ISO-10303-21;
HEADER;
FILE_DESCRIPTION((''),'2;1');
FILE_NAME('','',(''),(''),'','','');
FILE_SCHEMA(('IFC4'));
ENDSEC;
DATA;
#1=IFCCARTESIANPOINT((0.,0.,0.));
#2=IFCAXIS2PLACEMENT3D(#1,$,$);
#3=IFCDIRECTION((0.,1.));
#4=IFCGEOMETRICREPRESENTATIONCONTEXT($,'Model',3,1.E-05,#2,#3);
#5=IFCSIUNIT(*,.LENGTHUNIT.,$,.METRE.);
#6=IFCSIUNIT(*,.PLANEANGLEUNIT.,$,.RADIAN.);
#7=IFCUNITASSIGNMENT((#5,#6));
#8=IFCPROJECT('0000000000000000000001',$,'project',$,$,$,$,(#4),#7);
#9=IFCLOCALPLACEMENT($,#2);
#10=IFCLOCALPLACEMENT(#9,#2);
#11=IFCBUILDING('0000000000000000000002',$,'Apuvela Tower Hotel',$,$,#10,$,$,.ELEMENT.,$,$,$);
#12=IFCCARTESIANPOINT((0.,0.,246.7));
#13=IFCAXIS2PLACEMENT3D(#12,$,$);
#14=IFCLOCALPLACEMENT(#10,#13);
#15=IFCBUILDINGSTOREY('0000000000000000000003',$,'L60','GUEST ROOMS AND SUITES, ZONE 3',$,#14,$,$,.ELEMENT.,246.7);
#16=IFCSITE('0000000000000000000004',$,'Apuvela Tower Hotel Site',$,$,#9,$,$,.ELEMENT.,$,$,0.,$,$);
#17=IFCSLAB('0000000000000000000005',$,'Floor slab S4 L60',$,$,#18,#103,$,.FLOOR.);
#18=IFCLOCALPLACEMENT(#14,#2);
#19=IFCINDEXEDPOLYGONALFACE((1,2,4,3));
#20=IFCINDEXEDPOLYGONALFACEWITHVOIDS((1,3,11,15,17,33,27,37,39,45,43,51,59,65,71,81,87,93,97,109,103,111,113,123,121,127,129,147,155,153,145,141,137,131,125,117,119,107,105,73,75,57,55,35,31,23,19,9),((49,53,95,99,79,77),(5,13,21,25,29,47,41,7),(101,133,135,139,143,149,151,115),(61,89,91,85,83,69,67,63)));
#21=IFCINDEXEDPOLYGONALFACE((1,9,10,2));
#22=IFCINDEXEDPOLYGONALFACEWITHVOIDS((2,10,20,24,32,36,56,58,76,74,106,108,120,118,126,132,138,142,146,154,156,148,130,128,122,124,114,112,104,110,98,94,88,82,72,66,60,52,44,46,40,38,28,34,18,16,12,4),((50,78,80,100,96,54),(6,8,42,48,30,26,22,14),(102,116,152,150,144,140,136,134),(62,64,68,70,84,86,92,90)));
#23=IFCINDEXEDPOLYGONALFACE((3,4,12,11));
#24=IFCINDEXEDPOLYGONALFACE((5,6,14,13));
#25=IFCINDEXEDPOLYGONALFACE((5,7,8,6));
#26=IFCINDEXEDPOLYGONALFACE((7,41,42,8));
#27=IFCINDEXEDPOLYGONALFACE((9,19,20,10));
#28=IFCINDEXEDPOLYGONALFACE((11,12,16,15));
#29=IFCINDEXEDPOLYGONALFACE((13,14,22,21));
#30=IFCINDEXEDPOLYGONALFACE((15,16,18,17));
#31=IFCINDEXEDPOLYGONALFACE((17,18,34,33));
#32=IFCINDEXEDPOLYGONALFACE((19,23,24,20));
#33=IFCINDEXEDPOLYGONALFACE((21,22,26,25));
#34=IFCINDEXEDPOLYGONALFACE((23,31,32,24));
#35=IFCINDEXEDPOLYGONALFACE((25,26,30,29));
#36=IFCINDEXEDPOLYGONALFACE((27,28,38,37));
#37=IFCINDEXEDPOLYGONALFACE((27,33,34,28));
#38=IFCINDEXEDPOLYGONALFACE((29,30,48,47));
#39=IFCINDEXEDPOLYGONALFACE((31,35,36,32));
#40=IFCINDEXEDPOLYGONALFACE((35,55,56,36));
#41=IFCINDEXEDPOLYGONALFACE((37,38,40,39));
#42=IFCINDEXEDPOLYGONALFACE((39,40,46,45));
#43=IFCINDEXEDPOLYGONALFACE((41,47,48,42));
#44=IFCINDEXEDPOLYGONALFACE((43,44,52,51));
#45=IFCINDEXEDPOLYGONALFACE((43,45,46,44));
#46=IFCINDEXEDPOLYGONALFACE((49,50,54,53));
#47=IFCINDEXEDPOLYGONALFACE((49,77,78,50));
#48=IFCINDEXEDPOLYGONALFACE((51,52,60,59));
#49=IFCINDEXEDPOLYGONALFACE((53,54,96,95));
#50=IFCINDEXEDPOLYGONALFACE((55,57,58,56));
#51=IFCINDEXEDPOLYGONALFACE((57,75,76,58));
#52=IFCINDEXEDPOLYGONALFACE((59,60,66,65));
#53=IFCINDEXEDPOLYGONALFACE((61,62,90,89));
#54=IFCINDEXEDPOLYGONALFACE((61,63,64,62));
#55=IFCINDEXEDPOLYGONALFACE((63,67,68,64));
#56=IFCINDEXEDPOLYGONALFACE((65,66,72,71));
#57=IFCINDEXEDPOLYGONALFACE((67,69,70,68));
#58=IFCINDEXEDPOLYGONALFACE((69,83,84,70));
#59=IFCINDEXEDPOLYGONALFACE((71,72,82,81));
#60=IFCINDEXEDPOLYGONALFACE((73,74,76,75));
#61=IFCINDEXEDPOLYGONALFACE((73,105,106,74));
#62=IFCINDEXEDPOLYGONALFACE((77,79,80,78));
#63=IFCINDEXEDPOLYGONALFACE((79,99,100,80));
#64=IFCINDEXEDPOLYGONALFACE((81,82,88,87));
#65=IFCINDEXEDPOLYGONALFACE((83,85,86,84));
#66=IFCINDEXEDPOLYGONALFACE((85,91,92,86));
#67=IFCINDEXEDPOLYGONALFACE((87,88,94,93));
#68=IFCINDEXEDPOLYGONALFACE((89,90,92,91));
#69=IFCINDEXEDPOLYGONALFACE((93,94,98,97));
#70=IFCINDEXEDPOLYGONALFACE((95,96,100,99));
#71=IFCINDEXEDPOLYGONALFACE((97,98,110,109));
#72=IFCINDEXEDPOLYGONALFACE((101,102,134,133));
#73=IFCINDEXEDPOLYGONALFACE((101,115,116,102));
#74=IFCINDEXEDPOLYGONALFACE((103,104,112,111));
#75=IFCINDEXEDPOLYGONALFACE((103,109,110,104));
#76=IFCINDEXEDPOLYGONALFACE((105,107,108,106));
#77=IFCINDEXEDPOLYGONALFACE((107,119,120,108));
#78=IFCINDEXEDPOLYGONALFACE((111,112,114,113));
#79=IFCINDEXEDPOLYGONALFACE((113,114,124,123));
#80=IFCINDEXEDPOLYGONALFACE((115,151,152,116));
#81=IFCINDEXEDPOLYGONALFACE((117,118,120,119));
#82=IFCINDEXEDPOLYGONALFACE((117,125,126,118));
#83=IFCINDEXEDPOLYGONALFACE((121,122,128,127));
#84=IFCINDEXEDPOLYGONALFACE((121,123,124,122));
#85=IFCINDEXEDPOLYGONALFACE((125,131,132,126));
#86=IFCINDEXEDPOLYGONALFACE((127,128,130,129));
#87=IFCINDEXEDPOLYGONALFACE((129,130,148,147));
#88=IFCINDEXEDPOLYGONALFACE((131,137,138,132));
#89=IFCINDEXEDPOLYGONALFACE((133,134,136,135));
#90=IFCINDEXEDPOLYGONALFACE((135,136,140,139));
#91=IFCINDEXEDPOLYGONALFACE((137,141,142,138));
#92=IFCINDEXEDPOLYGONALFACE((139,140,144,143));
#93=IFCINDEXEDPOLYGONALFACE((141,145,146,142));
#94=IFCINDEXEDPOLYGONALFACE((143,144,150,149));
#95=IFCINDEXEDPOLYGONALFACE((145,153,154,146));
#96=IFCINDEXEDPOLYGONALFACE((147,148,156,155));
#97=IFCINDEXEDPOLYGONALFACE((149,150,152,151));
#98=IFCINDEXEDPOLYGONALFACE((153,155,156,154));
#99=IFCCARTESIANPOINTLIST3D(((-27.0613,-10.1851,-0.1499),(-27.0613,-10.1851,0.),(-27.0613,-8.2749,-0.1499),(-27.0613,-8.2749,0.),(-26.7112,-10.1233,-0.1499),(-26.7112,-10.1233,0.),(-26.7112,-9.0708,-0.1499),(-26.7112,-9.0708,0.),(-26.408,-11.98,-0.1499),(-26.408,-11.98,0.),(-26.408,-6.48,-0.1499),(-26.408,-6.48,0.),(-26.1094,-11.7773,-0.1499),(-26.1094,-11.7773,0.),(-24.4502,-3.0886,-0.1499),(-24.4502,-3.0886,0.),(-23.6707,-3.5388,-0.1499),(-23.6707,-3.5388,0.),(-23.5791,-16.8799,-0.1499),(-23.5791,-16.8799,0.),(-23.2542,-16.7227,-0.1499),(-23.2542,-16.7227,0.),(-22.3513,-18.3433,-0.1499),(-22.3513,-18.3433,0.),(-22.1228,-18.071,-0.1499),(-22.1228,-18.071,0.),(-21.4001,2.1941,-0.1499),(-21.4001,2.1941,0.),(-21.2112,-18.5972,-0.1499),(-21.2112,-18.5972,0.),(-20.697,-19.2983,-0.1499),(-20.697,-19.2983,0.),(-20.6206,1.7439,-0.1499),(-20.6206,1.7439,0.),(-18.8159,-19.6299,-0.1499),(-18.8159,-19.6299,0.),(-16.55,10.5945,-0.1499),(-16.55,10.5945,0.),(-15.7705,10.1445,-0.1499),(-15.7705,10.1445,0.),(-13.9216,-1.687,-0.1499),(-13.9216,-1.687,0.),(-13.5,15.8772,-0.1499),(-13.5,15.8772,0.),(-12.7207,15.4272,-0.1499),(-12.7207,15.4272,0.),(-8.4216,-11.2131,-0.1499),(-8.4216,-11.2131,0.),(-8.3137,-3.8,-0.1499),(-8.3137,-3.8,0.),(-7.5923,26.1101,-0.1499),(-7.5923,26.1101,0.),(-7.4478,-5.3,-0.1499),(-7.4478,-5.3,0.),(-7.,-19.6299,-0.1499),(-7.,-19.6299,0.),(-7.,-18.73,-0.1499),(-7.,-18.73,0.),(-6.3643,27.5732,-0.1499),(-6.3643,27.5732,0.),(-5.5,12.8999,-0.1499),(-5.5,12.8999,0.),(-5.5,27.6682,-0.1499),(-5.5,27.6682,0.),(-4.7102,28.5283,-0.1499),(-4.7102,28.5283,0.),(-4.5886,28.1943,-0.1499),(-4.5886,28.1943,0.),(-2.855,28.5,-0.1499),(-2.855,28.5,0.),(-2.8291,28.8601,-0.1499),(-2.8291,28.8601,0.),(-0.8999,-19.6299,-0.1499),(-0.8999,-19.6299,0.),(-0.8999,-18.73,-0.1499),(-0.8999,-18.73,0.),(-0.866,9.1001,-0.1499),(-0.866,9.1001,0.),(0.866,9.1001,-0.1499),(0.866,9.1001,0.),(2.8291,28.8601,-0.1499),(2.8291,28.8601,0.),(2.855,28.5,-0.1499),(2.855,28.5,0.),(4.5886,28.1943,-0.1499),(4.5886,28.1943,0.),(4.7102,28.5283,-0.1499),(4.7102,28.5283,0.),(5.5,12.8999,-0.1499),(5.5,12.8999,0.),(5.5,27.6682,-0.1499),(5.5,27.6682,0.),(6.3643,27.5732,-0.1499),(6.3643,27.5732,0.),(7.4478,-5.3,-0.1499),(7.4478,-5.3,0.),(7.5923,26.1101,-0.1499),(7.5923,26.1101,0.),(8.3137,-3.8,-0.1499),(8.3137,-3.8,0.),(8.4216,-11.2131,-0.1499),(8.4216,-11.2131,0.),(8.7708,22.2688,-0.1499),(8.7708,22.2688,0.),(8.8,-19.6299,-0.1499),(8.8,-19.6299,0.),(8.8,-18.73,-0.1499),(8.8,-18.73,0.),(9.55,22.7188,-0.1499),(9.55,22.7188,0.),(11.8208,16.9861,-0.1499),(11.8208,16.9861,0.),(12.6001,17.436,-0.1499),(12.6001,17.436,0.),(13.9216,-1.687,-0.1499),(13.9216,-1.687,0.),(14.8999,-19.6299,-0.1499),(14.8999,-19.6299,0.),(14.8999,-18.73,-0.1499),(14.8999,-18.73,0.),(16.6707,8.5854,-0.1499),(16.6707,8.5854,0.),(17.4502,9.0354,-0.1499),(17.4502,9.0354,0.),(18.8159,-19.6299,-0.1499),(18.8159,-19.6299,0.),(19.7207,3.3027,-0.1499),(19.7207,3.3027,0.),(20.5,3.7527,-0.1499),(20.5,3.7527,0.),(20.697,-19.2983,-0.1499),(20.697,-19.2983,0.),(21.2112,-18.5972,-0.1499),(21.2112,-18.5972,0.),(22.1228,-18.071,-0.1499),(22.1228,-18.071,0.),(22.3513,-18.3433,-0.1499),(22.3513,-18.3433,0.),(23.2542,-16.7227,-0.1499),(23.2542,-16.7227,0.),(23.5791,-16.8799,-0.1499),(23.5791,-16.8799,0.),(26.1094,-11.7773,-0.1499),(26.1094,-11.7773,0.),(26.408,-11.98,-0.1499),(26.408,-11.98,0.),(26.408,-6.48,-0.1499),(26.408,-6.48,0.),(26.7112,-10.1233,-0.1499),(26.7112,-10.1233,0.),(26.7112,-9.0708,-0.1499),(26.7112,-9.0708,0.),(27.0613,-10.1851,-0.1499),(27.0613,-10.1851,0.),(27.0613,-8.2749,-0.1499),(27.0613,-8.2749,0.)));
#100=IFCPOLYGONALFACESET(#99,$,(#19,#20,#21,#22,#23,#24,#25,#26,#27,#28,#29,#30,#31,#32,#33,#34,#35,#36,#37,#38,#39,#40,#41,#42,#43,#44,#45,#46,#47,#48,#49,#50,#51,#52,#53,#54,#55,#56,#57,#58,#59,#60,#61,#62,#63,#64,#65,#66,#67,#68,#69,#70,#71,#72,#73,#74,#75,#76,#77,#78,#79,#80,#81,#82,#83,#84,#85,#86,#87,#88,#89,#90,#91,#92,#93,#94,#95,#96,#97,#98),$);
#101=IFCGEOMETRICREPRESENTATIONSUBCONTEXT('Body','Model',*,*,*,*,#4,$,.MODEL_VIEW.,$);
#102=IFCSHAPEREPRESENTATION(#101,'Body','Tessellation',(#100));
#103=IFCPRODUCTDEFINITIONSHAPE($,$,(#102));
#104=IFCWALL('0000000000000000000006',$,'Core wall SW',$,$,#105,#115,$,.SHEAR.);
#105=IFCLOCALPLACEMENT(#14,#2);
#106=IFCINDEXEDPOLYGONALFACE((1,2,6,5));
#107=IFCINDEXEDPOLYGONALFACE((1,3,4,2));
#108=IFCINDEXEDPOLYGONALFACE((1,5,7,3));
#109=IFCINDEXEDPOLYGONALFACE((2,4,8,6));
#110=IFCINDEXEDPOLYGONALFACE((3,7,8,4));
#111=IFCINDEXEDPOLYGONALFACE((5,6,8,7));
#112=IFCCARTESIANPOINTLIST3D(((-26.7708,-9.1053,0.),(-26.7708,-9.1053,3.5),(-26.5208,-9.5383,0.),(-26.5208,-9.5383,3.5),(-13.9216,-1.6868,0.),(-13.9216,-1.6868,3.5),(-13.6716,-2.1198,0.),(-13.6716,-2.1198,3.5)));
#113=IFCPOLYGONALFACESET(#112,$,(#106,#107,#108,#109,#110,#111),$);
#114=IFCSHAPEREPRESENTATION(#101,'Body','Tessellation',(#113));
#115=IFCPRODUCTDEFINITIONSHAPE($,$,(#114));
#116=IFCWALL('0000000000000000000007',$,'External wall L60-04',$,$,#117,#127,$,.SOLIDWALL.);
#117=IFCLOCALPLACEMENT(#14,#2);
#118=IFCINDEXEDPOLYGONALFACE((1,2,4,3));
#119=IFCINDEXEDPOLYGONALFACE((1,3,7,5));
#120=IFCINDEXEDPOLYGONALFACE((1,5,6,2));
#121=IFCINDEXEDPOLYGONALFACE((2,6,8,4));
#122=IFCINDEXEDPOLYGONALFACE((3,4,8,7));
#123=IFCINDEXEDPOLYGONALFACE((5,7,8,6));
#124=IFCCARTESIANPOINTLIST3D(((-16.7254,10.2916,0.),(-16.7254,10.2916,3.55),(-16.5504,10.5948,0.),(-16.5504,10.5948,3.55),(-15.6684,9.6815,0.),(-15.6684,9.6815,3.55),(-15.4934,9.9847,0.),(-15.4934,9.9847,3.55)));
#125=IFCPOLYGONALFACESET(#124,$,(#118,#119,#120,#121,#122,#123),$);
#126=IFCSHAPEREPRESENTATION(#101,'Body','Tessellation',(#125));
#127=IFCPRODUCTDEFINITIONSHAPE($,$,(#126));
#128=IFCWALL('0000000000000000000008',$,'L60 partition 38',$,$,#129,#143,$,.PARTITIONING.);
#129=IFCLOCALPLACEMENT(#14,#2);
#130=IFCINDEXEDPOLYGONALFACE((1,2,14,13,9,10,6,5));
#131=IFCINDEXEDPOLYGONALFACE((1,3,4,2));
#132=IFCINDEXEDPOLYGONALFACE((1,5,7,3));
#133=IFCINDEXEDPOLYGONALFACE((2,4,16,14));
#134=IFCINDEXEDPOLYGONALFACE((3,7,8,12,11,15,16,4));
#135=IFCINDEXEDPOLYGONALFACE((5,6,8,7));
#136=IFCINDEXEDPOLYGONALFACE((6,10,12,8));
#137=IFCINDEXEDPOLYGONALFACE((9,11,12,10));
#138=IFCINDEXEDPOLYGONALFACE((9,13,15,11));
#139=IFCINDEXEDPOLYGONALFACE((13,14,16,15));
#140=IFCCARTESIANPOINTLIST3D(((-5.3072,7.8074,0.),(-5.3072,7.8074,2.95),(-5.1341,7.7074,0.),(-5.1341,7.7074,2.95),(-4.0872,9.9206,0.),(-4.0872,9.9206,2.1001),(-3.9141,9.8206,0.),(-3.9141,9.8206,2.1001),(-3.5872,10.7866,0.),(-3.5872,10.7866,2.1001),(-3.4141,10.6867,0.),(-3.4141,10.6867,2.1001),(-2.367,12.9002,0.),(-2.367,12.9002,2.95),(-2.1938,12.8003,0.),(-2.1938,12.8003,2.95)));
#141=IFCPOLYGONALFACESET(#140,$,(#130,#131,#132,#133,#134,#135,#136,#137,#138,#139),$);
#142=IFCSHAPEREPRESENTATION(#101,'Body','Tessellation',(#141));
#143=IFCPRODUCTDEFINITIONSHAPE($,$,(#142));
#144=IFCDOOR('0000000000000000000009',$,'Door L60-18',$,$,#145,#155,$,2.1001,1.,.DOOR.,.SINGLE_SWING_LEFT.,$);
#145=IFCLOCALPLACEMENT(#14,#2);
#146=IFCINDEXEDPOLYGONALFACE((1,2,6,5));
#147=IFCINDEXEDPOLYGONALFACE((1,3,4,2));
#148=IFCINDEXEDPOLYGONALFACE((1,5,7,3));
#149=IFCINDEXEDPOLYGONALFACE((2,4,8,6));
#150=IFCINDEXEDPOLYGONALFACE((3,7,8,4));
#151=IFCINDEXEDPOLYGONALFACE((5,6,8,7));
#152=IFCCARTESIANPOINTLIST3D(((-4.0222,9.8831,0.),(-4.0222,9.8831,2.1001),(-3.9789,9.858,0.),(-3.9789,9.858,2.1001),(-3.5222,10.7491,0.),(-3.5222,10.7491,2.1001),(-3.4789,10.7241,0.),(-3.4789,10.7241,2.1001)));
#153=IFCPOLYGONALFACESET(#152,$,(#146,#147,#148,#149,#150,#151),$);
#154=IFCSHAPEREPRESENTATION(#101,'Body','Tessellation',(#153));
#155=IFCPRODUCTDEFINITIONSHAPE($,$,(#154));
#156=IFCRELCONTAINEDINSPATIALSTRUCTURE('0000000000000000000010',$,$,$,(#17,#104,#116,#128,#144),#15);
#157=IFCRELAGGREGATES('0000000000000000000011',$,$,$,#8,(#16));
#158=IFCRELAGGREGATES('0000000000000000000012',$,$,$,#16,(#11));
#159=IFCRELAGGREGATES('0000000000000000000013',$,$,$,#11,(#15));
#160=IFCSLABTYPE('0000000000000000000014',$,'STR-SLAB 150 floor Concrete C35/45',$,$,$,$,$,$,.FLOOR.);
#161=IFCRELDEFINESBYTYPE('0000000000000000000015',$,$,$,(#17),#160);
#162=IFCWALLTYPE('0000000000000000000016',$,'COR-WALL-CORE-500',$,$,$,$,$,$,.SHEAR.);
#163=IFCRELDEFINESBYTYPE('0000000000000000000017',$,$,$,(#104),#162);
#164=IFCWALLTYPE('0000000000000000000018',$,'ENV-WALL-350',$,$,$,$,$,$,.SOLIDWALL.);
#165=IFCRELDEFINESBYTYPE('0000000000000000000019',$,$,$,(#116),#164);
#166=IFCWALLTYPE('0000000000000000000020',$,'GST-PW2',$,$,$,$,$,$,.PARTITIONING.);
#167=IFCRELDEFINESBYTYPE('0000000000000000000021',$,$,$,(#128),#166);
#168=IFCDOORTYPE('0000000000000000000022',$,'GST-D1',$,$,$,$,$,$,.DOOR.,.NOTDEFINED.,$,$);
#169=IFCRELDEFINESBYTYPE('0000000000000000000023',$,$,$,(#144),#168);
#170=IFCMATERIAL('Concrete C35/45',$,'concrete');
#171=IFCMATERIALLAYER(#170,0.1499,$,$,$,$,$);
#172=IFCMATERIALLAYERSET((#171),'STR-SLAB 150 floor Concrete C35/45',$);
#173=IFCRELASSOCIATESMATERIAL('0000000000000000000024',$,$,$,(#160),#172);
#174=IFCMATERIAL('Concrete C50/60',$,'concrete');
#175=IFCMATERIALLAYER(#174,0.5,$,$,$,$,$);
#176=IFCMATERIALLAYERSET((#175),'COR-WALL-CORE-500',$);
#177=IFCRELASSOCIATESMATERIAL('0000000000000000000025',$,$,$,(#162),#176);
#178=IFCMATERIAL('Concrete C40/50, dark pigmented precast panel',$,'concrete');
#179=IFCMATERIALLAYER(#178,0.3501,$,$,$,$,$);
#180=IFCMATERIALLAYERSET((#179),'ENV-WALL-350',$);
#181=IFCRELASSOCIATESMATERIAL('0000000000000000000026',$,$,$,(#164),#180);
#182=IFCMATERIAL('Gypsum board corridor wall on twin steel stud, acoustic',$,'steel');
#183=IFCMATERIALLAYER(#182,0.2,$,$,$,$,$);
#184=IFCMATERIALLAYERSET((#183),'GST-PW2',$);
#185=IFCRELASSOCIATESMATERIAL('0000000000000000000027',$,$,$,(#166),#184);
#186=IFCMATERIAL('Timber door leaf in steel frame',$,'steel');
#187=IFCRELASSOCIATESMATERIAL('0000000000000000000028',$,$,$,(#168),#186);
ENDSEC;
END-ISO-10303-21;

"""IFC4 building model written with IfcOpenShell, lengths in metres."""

from ifc_helpers import new_model, si_unit, direction, frame, frame_2d, origin, place, context, subcontext, project, spatial, polyline, rectangle, outline, extrude, material, layer, layer_set, type_object, element, fill, save


model = new_model("IFC4")

# Units and contexts
model_context = context("Model", 3, precision=1e-05, world=origin(), true_north=direction((0.0, 1.0)))
body_context = subcontext(model_context, "Body", "Model", "MODEL_VIEW")
ifc_project = project(units=[si_unit("LENGTHUNIT", "METRE"), si_unit("PLANEANGLEUNIT", "RADIAN")], contexts=[model_context])

# Site, building, storey
site_placement = place(None, origin())
site = spatial("IfcSite", under=ifc_project, at=site_placement, Name="Apuvela Tower Hotel Site", CompositionType="ELEMENT", RefElevation=0.0)
building_placement = place(site_placement, origin())
building = spatial("IfcBuilding", under=site, at=building_placement, Name="Apuvela Tower Hotel", CompositionType="ELEMENT")
storey_placement = place(building_placement, frame((0.0, 0.0, 246.7)))
storey = spatial("IfcBuildingStorey", under=building, at=storey_placement, Name="L60", Description="GUEST ROOMS AND SUITES, ZONE 3", CompositionType="ELEMENT", Elevation=246.7)

# Slab
ifc_material_1 = material(Name="Concrete C50/60", Category="concrete")
ifc_material_2 = material(Name="Concrete C35/45", Category="concrete")
ifc_layer_1 = layer(ifc_material_2, 0.1499)
ifc_layer_set_1 = layer_set([ifc_layer_1], Name="STR-SLAB 150 floor Concrete C35/45")
slab_type_1 = type_object("IfcSlabType", Name="STR-SLAB 150 floor Concrete C35/45", PredefinedType="FLOOR", material=ifc_layer_set_1)
slab_1_placement = place(storey_placement, frame((0.0, 0.0, -0.1499)))
element("IfcSlab", 1, at=slab_1_placement, inside=storey, type_object=slab_type_1, Name="Floor slab S4 L60", PredefinedType="FLOOR", context=body_context, shape_type="SweptSolid", body=[
    extrude(outline(polyline([(-6.3643, 27.5732), (-4.7102, 28.5283), (-2.8291, 28.8601), (2.8291, 28.8601), (4.7102, 28.5283), (6.3643, 27.5732), (7.5923, 26.1101), (9.55, 22.7188), (8.7708, 22.2688), (11.8208, 16.9861), (12.6001, 17.436), (17.4502, 9.0354), (16.6707, 8.5854), (19.7207, 3.3027), (20.5, 3.7527), (26.408, -6.48), (27.0613, -8.2749), (27.0613, -10.1851), (26.408, -11.98), (23.5791, -16.8799), (22.3513, -18.3433), (20.697, -19.2983), (18.8159, -19.6299), (14.8999, -19.6299), (14.8999, -18.73), (8.8, -18.73), (8.8, -19.6299), (-0.8999, -19.6299), (-0.8999, -18.73), (-7.0, -18.73), (-7.0, -19.6299), (-18.8159, -19.6299), (-20.697, -19.2983), (-22.3513, -18.3433), (-23.5791, -16.8799), (-26.408, -11.98), (-27.0613, -10.1851), (-27.0613, -8.2749), (-26.408, -6.48), (-24.4502, -3.0886), (-23.6707, -3.5388), (-20.6206, 1.7439), (-21.4001, 2.1941), (-16.55, 10.5945), (-15.7705, 10.1445), (-12.7207, 15.4272), (-13.5, 15.8772), (-7.5923, 26.1101), (-6.3643, 27.5732)]), holes=[polyline([(0.866, 9.1001), (-0.866, 9.1001), (-8.3137, -3.8), (-7.4478, -5.3), (7.4478, -5.3), (8.3137, -3.8), (0.866, 9.1001)]), polyline([(-5.5, 12.8999), (-5.5, 27.6682), (-4.5886, 28.1943), (-2.855, 28.5), (2.855, 28.5), (4.5886, 28.1943), (5.5, 27.6682), (5.5, 12.8999), (-5.5, 12.8999)]), polyline([(-8.4216, -11.2131), (-21.2112, -18.5972), (-22.1228, -18.071), (-23.2542, -16.7227), (-26.1094, -11.7773), (-26.7112, -10.1233), (-26.7112, -9.0708), (-13.9216, -1.687), (-8.4216, -11.2131)]), polyline([(13.9216, -1.687), (26.7112, -9.0708), (26.7112, -10.1233), (26.1094, -11.7773), (23.2542, -16.7227), (22.1228, -18.071), (21.2112, -18.5972), (8.4216, -11.2131), (13.9216, -1.687)])]), origin(), (0.0, 0.0, 1.0), 0.1499),
])

# Walls
ifc_layer_2 = layer(ifc_material_1, 0.5)
ifc_layer_set_2 = layer_set([ifc_layer_2], Name="COR-WALL-CORE-500")
wall_type_1 = type_object("IfcWallType", Name="COR-WALL-CORE-500", PredefinedType="SHEAR", material=ifc_layer_set_2)
wall_1_placement = place(storey_placement, frame((-13.7966, -1.9033, 0.0), z_axis=(0.0, 0.0, 1.0), x_axis=(-0.866025, -0.500001, 0.0)))
element("IfcWall", 2, at=wall_1_placement, inside=storey, type_object=wall_type_1, Name="Core wall SW", PredefinedType="SHEAR", context=body_context, shape_type="SweptSolid", body=[
    extrude(rectangle(XDim=14.8369, YDim=0.5, at=frame_2d((7.4185, 0.0))), origin(), (0.0, 0.0, 1.0), 3.5),
])
ifc_material_3 = material(Name="Concrete C40/50, dark pigmented precast panel", Category="concrete")
ifc_layer_3 = layer(ifc_material_3, 0.3501)
ifc_layer_set_3 = layer_set([ifc_layer_3], Name="ENV-WALL-350")
wall_type_2 = type_object("IfcWallType", Name="ENV-WALL-350", PredefinedType="SOLIDWALL", material=ifc_layer_set_3)
wall_2_placement = place(storey_placement, frame((-15.5808, 9.833, 0.0), z_axis=(0.0, 0.0, 1.0), x_axis=(-0.866056, 0.499948, 0.0)))
element("IfcWall", 3, at=wall_2_placement, inside=storey, type_object=wall_type_2, Name="External wall L60-04", PredefinedType="SOLIDWALL", context=body_context, shape_type="SweptSolid", body=[
    extrude(rectangle(XDim=1.2205, YDim=0.3501, at=frame_2d((0.6104, 0.0))), origin(), (0.0, 0.0, 1.0), 3.55),
])

# Wall, opening, door
ifc_material_4 = material(Name="Gypsum board corridor wall on twin steel stud, acoustic", Category="steel")
ifc_layer_4 = layer(ifc_material_4, 0.2)
ifc_layer_set_4 = layer_set([ifc_layer_4], Name="GST-PW2")
wall_type_3 = type_object("IfcWallType", Name="GST-PW2", PredefinedType="PARTITIONING", material=ifc_layer_set_4)
wall_3_placement = place(storey_placement, frame((-5.2207, 7.7573, 0.0), z_axis=(0.0, 0.0, 1.0), x_axis=(0.499984, 0.866035, 0.0)))
wall_3 = element("IfcWall", 4, at=wall_3_placement, inside=storey, type_object=wall_type_3, Name="L60 partition 38", PredefinedType="PARTITIONING", context=body_context, shape_type="SweptSolid", body=[
    extrude(rectangle(XDim=5.8806, YDim=0.2, at=frame_2d((2.9404, 0.0))), origin(), (0.0, 0.0, 1.0), 2.95),
])
opening_1_placement = place(wall_3_placement, frame((2.4402, 0.0, 0.0)))
opening_1 = element("IfcOpeningElement", 5, at=opening_1_placement, cuts=wall_3, PredefinedType="OPENING", context=body_context, shape_type="SweptSolid", body=[
    extrude(rectangle(XDim=1.0, YDim=2.1001, at=frame_2d((0.5, 1.05))), frame((0.0, 0.1099, 0.0), z_axis=(0.0, -1.0, 0.0), x_axis=(1.0, 0.0, 0.0)), (0.0, 0.0, 1.0), 0.22),
])
ifc_material_5 = material(Name="Timber door leaf in steel frame", Category="steel")
door_type_1 = type_object("IfcDoorType", Name="GST-D1", OperationType="NOTDEFINED", PredefinedType="DOOR", material=ifc_material_5)
door_1_placement = place(opening_1_placement, origin())
door_1 = element("IfcDoor", 6, at=door_1_placement, inside=storey, type_object=door_type_1, Name="Door L60-18", OperationType="SINGLE_SWING_LEFT", OverallHeight=2.1001, OverallWidth=1.0, PredefinedType="DOOR", context=body_context, shape_type="SweptSolid", body=[
    extrude(rectangle(XDim=1.0, YDim=2.1001, at=frame_2d((0.5, 1.05))), frame((0.0, 0.0249, 0.0), z_axis=(0.0, -1.0, 0.0), x_axis=(1.0, 0.0, 0.0)), (0.0, 0.0, 1.0), 0.05),
])
fill(opening_1, door_1)

save(model, "model.ifc")
